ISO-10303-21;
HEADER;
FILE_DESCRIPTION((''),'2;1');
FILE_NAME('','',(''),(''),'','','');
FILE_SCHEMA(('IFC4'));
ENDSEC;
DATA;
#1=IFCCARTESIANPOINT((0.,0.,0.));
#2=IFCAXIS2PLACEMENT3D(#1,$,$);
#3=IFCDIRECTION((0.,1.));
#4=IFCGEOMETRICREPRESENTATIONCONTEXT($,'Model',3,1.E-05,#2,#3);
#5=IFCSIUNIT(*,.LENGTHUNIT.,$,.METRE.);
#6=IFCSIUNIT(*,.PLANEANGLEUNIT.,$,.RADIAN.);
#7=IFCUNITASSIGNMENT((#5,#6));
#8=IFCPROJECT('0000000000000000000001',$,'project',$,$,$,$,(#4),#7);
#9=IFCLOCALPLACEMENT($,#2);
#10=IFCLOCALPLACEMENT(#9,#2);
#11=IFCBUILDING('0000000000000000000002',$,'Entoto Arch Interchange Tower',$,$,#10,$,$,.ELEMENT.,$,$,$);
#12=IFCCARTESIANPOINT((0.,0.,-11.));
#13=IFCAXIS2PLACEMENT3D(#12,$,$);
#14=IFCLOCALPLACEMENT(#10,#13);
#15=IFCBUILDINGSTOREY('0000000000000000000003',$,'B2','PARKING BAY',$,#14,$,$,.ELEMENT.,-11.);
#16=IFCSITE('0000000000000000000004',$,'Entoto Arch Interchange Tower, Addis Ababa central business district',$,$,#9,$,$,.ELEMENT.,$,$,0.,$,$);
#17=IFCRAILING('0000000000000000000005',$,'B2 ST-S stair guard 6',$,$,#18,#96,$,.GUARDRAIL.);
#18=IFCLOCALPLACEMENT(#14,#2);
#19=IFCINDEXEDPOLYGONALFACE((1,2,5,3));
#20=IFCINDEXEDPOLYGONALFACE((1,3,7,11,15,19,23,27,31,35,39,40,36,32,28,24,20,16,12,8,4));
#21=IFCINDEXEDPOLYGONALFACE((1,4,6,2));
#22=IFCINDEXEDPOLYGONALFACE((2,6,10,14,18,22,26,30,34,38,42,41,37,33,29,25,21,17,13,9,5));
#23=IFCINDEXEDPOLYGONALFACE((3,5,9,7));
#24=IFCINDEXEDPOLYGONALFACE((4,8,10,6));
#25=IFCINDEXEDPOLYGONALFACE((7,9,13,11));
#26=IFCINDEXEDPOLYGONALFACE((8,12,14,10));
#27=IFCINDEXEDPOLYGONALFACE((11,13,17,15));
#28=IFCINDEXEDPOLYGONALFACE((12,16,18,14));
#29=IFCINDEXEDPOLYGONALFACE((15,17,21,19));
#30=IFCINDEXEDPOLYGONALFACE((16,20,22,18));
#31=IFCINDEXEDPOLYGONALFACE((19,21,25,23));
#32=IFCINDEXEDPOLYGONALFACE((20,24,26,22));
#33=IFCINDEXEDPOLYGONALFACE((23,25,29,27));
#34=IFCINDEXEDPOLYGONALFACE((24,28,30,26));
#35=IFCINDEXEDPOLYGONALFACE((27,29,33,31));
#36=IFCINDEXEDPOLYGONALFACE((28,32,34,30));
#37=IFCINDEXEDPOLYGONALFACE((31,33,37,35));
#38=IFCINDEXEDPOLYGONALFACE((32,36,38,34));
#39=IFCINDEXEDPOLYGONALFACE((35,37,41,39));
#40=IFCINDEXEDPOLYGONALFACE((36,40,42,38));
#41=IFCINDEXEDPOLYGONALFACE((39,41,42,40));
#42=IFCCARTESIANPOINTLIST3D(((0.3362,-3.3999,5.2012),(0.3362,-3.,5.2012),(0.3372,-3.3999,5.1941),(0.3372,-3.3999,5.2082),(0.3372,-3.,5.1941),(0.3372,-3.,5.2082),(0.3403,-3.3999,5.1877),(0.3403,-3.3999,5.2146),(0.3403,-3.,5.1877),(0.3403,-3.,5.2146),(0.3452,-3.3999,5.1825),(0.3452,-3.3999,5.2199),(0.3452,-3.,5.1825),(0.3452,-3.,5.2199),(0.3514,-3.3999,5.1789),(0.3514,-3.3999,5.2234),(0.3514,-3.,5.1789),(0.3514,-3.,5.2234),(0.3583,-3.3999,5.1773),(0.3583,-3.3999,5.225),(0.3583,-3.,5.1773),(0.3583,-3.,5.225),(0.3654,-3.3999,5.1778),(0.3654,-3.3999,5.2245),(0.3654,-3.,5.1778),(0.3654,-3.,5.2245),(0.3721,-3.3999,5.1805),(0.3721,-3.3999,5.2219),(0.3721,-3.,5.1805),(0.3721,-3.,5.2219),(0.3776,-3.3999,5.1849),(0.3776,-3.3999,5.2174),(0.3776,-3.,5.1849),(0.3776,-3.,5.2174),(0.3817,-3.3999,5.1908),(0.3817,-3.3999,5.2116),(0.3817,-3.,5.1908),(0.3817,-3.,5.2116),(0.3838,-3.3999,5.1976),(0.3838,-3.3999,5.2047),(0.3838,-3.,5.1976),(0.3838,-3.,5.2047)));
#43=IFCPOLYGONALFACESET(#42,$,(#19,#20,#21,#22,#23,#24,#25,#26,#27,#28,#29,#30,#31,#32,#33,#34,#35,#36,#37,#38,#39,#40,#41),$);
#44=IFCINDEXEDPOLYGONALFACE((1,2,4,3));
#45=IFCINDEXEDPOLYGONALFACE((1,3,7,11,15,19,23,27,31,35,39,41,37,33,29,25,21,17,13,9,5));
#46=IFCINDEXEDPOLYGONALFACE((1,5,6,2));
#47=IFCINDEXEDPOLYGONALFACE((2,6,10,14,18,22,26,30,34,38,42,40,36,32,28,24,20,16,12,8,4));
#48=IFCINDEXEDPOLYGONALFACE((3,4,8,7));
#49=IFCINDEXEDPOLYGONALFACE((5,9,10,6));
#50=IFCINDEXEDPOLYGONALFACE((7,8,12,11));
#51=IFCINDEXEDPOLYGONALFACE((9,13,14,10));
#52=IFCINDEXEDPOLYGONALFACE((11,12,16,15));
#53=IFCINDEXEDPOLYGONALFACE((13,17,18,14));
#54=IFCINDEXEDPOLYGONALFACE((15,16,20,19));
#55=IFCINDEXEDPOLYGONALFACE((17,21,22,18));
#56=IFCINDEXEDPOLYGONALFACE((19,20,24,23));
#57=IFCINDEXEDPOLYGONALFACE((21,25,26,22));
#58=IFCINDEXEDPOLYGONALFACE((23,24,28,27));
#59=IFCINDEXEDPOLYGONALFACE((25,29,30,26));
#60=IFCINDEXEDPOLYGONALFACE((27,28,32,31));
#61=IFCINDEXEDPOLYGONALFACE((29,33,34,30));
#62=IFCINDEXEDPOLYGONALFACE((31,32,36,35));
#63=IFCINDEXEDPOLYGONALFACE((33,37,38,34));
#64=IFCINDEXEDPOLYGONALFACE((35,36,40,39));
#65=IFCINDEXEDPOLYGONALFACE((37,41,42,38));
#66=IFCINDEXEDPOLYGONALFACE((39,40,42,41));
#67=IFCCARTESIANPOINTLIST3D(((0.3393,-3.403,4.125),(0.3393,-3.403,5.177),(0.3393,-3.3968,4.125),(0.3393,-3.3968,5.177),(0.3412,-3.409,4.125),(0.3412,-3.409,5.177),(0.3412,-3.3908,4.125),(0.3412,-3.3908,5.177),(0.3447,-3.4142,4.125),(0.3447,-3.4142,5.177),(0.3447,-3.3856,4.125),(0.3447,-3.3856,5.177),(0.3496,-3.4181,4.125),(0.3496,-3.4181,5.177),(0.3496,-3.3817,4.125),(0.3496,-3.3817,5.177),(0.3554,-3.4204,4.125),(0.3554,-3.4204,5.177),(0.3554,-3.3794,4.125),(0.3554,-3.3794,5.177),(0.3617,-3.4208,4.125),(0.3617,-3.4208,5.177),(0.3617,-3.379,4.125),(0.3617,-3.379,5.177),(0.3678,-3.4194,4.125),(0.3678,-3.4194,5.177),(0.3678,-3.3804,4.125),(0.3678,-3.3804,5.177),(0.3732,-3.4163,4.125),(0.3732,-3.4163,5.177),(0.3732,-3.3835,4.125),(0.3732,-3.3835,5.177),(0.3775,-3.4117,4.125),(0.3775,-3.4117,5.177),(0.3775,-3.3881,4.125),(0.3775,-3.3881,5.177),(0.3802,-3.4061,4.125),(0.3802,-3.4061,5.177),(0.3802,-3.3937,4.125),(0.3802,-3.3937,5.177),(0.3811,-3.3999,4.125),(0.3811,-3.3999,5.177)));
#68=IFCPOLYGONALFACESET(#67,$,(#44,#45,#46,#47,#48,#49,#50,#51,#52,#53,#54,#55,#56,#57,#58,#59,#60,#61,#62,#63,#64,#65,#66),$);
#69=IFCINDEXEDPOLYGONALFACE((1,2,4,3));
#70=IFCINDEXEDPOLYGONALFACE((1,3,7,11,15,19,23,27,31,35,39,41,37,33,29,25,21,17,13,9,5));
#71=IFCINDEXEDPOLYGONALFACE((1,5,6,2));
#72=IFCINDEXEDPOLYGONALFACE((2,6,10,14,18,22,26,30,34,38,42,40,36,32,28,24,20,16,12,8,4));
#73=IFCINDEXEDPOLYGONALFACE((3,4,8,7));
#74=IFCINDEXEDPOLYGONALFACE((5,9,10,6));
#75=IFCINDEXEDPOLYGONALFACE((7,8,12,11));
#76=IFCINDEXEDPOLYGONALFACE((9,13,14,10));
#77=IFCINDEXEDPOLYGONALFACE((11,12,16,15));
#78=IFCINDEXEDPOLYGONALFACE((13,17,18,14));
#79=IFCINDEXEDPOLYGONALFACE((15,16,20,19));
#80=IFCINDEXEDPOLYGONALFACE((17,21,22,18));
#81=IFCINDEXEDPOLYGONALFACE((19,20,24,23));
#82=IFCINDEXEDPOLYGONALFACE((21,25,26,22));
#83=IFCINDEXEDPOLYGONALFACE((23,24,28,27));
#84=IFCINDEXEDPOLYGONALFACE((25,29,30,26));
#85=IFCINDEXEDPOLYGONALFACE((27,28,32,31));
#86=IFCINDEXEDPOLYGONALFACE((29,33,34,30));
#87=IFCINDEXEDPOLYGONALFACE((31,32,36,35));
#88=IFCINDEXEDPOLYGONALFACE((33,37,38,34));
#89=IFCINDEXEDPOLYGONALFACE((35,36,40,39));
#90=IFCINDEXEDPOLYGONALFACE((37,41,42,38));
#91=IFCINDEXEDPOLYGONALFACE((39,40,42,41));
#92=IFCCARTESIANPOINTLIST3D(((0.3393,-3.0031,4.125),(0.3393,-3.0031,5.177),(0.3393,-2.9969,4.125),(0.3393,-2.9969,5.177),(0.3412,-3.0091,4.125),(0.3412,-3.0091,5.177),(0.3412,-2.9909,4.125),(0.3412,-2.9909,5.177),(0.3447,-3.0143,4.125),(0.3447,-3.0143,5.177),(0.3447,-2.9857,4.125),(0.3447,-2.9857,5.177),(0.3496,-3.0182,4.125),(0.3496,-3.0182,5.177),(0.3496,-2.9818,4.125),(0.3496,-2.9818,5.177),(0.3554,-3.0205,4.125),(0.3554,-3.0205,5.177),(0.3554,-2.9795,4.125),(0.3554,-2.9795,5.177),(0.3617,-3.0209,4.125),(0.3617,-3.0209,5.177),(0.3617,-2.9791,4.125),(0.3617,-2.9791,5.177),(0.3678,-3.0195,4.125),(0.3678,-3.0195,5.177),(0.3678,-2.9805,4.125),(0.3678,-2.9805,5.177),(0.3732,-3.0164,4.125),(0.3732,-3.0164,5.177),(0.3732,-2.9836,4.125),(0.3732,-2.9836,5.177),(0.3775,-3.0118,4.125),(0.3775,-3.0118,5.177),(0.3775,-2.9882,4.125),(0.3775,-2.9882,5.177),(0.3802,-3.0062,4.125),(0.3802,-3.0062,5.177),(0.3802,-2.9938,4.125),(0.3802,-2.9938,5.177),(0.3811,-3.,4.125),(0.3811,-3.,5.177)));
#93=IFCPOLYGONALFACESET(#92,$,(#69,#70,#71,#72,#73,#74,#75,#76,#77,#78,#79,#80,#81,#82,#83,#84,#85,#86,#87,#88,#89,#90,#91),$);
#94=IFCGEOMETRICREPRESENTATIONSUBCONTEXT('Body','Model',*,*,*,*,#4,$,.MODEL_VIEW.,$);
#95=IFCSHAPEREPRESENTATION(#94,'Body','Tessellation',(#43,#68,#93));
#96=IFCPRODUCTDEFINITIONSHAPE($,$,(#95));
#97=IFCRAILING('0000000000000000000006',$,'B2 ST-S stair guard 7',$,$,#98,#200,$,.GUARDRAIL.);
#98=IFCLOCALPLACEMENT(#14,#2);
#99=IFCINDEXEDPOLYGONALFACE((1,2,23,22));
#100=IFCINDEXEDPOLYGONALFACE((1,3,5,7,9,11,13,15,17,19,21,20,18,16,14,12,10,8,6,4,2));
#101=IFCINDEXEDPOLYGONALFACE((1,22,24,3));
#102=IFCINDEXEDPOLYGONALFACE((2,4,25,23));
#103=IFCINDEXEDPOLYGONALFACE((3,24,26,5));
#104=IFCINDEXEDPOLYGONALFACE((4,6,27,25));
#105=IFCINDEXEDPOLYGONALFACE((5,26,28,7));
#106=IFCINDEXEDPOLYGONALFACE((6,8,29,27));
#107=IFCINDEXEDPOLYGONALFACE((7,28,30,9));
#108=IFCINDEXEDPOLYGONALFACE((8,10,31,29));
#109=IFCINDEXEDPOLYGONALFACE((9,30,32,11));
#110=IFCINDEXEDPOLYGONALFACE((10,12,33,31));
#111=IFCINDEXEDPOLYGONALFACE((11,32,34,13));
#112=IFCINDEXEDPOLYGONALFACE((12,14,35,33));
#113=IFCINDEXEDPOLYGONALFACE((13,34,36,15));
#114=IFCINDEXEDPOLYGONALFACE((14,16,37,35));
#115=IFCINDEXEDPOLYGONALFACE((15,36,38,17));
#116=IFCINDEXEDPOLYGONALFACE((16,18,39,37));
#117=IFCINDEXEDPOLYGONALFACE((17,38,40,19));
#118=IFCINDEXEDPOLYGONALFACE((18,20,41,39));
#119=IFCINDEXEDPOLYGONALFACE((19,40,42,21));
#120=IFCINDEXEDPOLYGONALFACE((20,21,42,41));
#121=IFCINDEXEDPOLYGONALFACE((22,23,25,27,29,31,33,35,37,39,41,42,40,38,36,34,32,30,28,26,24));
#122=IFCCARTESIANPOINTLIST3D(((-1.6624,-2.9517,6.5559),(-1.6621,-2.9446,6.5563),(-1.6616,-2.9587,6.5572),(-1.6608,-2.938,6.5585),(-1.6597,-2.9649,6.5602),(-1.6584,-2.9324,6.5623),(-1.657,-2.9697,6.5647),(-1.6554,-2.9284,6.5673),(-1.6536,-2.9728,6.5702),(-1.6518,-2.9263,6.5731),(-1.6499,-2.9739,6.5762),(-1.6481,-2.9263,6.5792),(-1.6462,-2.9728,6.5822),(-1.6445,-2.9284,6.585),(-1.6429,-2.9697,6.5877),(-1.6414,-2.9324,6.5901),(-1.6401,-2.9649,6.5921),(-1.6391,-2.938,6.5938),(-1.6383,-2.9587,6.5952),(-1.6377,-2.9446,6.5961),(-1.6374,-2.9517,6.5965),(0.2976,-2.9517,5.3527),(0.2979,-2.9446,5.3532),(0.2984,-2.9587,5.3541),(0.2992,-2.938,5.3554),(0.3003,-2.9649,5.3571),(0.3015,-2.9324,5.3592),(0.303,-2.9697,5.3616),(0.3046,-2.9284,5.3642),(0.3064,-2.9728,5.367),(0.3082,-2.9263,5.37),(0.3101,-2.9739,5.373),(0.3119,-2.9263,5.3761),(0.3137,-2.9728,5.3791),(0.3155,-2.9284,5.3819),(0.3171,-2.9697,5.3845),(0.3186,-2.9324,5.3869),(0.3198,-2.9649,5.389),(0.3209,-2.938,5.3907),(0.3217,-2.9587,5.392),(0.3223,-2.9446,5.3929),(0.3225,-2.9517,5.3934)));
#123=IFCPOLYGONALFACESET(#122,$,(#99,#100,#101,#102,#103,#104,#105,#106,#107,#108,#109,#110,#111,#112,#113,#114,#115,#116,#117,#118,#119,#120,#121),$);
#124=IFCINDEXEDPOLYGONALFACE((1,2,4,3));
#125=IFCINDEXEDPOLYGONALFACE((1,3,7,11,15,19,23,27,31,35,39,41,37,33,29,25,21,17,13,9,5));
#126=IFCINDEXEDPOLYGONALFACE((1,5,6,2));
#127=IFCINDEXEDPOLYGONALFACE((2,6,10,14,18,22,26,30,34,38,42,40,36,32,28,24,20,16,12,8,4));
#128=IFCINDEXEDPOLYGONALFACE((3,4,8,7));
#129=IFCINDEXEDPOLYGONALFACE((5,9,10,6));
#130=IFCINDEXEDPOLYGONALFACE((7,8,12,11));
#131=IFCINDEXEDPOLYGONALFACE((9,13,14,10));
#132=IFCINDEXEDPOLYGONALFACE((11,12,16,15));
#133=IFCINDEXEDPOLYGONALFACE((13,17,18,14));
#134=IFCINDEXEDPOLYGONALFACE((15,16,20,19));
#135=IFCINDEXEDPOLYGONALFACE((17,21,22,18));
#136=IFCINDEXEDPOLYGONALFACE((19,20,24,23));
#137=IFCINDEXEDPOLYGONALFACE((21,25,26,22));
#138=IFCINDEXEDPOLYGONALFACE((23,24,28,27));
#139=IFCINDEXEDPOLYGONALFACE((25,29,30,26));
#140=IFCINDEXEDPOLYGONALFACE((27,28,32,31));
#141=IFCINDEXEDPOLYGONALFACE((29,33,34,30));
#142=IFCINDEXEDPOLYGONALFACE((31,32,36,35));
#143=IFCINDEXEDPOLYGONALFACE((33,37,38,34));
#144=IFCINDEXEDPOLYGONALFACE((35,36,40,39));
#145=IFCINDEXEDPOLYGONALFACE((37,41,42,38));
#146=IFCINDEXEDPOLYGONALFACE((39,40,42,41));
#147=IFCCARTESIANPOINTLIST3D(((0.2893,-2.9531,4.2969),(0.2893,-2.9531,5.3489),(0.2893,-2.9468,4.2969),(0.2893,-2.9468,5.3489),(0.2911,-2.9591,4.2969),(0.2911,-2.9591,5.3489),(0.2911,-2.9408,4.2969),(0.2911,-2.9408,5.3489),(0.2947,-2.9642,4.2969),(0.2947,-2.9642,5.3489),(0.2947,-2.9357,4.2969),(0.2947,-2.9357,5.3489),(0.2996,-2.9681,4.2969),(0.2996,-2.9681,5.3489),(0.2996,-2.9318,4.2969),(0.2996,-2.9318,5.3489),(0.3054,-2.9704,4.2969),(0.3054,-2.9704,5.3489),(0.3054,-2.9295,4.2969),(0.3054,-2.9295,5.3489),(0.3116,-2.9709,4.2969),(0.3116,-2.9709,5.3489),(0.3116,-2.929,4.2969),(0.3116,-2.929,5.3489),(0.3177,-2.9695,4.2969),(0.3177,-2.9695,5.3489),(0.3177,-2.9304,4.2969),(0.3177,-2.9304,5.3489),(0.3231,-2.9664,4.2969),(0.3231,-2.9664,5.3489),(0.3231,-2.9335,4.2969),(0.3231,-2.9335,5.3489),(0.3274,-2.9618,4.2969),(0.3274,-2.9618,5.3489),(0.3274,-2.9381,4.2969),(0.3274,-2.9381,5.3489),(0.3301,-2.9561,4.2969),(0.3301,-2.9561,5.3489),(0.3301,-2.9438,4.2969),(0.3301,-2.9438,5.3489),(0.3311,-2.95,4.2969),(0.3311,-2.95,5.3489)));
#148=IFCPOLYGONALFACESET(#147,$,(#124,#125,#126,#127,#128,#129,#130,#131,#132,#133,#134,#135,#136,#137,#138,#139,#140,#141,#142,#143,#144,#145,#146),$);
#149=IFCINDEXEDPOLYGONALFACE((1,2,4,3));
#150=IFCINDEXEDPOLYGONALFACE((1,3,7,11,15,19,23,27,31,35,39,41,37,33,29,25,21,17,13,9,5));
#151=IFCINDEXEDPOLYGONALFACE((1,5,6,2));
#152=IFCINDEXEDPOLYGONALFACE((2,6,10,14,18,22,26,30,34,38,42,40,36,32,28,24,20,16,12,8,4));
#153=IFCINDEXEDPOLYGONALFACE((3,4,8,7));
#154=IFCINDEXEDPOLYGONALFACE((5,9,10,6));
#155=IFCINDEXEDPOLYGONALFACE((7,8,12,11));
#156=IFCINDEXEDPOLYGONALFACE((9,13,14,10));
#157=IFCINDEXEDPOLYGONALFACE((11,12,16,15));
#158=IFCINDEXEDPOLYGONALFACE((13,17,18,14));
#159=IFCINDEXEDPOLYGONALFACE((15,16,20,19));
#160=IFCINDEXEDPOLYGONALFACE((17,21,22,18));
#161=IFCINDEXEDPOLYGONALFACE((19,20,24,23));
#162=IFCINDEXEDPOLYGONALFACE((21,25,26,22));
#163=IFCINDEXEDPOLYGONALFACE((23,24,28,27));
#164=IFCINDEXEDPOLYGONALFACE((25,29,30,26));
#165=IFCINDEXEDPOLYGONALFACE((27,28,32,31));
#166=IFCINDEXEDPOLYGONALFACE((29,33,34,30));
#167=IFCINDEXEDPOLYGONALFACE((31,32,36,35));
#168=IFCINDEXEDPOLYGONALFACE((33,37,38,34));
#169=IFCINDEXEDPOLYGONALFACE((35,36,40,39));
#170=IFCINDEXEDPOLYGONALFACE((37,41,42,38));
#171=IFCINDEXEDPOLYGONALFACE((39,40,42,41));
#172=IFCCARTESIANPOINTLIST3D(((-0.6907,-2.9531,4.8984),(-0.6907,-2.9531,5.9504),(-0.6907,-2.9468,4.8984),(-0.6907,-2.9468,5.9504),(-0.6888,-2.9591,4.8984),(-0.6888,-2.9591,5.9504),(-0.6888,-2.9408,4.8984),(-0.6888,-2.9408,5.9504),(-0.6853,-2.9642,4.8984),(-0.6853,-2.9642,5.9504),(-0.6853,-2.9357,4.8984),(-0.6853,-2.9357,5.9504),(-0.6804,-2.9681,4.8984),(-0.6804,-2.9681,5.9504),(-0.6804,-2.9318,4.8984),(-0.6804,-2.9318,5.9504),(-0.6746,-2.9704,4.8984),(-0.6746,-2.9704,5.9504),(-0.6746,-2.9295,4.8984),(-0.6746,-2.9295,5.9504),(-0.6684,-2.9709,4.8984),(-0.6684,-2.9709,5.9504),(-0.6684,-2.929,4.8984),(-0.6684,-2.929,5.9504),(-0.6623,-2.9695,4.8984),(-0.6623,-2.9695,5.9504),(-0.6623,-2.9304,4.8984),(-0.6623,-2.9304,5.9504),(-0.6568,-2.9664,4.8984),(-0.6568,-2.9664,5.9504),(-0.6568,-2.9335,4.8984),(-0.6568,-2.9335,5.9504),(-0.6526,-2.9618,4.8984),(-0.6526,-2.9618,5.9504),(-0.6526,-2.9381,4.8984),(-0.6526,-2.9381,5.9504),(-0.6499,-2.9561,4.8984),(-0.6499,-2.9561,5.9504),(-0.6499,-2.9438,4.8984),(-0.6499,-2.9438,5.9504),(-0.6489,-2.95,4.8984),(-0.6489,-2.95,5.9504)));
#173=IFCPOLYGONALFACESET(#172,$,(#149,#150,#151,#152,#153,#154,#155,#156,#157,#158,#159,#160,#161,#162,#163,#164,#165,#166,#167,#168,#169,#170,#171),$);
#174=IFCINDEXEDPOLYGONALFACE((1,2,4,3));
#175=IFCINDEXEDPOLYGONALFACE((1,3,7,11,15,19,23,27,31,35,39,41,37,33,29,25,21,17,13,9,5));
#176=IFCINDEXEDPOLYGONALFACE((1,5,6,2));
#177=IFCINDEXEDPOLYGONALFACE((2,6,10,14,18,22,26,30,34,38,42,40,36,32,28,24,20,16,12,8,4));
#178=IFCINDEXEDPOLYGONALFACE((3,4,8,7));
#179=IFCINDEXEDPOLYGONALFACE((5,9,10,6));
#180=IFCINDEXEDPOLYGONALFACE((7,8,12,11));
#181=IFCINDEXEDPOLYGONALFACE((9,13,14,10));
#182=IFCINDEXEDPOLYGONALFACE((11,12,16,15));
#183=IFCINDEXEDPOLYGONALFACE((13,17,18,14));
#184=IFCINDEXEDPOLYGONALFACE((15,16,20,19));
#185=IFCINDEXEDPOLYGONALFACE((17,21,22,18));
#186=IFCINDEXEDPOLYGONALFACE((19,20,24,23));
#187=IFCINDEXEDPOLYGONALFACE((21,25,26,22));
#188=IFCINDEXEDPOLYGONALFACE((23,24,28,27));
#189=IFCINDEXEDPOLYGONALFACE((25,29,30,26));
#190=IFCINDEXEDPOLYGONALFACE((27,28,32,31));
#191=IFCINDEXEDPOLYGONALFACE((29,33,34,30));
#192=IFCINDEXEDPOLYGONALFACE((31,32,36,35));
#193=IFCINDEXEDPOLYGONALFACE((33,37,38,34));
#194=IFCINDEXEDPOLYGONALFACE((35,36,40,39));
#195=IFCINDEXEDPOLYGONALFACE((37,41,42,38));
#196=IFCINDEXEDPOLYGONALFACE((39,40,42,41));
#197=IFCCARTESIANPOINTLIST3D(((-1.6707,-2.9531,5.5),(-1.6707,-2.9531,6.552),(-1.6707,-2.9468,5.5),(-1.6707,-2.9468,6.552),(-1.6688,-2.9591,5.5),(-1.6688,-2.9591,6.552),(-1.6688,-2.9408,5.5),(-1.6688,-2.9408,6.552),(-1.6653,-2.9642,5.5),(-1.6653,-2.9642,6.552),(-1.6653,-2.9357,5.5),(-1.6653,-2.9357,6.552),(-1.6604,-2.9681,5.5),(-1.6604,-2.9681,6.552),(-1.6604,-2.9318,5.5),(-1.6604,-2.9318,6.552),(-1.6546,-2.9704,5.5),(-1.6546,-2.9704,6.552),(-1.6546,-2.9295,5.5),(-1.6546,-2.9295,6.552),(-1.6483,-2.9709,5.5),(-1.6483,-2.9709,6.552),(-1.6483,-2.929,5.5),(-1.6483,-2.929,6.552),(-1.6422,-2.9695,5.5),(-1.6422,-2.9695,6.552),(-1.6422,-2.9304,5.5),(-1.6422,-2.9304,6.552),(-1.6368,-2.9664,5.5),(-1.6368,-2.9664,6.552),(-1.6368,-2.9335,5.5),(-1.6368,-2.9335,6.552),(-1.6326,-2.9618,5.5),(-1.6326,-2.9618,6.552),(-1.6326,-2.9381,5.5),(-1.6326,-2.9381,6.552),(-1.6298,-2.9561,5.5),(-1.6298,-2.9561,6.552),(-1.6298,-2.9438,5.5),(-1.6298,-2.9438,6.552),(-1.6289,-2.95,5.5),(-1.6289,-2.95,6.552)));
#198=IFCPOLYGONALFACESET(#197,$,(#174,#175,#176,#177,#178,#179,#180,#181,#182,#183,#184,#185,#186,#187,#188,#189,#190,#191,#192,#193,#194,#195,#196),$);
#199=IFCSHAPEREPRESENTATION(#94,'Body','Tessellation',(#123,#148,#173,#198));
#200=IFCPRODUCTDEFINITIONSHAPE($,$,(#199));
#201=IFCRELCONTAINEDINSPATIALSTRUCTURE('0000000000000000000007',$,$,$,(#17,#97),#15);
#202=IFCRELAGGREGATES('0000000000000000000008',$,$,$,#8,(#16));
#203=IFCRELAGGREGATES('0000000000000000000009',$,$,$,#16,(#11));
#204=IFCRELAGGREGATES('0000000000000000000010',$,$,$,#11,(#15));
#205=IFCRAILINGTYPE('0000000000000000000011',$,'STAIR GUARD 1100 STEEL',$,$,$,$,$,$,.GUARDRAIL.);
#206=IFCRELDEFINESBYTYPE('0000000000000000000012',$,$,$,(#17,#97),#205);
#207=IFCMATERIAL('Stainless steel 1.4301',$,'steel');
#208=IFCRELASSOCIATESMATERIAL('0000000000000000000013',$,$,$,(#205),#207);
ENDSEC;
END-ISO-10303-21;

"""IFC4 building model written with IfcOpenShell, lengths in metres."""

from ifc_helpers import new_model, si_unit, direction, frame, origin, origin_2d, place, context, subcontext, project, spatial, circle, extrude, material, type_object, element, save


model = new_model("IFC4")

# Units and contexts
model_context = context("Model", 3, precision=1e-05, world=origin(), true_north=direction((0.0, 1.0)))
body_context = subcontext(model_context, "Body", "Model", "MODEL_VIEW")
ifc_project = project(units=[si_unit("LENGTHUNIT", "METRE"), si_unit("PLANEANGLEUNIT", "RADIAN")], contexts=[model_context])

# Site, building, storey
site_placement = place(None, origin())
site = spatial("IfcSite", under=ifc_project, at=site_placement, Name="Entoto Arch Interchange Tower, Addis Ababa central business district", CompositionType="ELEMENT", RefElevation=0.0)
building_placement = place(site_placement, origin())
building = spatial("IfcBuilding", under=site, at=building_placement, Name="Entoto Arch Interchange Tower", CompositionType="ELEMENT")
storey_placement = place(building_placement, frame((0.0, 0.0, -11.0)))
storey = spatial("IfcBuildingStorey", under=building, at=storey_placement, Name="B2", Description="PARKING BAY", CompositionType="ELEMENT", Elevation=-11.0)

# Railings
ifc_material_1 = material(Name="Stainless steel 1.4301", Category="steel")
railing_type_1 = type_object("IfcRailingType", Name="STAIR GUARD 1100 STEEL", PredefinedType="GUARDRAIL", material=ifc_material_1)
railing_1_placement = place(storey_placement, frame((0.3601, -3.3999, 4.125)))
element("IfcRailing", 1, at=railing_1_placement, inside=storey, type_object=railing_type_1, Name="B2 ST-S stair guard 6", PredefinedType="GUARDRAIL", context=body_context, shape_type="SweptSolid", body=[
    extrude(circle(Radius=0.0239, at=origin_2d()), frame((0.0, 0.0, 1.0762), z_axis=(0.0, 1.0, 0.0), x_axis=(-1.0, 0.0, 0.0)), (0.0, 0.0, 1.0), 0.3999),
    extrude(circle(Radius=0.021, at=origin_2d()), origin(), (0.0, 0.0, 1.0), 1.052),
    extrude(circle(Radius=0.021, at=origin_2d()), frame((0.0, 0.3999, 0.0)), (0.0, 0.0, 1.0), 1.052),
])
railing_2_placement = place(storey_placement, frame((0.3101, -2.95, 4.2969)))
element("IfcRailing", 2, at=railing_2_placement, inside=storey, type_object=railing_type_1, Name="B2 ST-S stair guard 7", PredefinedType="GUARDRAIL", context=body_context, shape_type="SweptSolid", body=[
    extrude(circle(Radius=0.0239, at=origin_2d()), frame((0.0, 0.0, 1.0762), z_axis=(-0.852241, 0.0, 0.523149), x_axis=(0.0, -1.0, 0.0)), (0.0, 0.0, 1.0), 2.2998),
    extrude(circle(Radius=0.021, at=origin_2d()), origin(), (0.0, 0.0, 1.0), 1.052),
    extrude(circle(Radius=0.021, at=origin_2d()), frame((-0.98, 0.0, 0.6016)), (0.0, 0.0, 1.0), 1.052),
    extrude(circle(Radius=0.021, at=origin_2d()), frame((-1.96, 0.0, 1.2031)), (0.0, 0.0, 1.0), 1.052),
])

save(model, "model.ifc")
